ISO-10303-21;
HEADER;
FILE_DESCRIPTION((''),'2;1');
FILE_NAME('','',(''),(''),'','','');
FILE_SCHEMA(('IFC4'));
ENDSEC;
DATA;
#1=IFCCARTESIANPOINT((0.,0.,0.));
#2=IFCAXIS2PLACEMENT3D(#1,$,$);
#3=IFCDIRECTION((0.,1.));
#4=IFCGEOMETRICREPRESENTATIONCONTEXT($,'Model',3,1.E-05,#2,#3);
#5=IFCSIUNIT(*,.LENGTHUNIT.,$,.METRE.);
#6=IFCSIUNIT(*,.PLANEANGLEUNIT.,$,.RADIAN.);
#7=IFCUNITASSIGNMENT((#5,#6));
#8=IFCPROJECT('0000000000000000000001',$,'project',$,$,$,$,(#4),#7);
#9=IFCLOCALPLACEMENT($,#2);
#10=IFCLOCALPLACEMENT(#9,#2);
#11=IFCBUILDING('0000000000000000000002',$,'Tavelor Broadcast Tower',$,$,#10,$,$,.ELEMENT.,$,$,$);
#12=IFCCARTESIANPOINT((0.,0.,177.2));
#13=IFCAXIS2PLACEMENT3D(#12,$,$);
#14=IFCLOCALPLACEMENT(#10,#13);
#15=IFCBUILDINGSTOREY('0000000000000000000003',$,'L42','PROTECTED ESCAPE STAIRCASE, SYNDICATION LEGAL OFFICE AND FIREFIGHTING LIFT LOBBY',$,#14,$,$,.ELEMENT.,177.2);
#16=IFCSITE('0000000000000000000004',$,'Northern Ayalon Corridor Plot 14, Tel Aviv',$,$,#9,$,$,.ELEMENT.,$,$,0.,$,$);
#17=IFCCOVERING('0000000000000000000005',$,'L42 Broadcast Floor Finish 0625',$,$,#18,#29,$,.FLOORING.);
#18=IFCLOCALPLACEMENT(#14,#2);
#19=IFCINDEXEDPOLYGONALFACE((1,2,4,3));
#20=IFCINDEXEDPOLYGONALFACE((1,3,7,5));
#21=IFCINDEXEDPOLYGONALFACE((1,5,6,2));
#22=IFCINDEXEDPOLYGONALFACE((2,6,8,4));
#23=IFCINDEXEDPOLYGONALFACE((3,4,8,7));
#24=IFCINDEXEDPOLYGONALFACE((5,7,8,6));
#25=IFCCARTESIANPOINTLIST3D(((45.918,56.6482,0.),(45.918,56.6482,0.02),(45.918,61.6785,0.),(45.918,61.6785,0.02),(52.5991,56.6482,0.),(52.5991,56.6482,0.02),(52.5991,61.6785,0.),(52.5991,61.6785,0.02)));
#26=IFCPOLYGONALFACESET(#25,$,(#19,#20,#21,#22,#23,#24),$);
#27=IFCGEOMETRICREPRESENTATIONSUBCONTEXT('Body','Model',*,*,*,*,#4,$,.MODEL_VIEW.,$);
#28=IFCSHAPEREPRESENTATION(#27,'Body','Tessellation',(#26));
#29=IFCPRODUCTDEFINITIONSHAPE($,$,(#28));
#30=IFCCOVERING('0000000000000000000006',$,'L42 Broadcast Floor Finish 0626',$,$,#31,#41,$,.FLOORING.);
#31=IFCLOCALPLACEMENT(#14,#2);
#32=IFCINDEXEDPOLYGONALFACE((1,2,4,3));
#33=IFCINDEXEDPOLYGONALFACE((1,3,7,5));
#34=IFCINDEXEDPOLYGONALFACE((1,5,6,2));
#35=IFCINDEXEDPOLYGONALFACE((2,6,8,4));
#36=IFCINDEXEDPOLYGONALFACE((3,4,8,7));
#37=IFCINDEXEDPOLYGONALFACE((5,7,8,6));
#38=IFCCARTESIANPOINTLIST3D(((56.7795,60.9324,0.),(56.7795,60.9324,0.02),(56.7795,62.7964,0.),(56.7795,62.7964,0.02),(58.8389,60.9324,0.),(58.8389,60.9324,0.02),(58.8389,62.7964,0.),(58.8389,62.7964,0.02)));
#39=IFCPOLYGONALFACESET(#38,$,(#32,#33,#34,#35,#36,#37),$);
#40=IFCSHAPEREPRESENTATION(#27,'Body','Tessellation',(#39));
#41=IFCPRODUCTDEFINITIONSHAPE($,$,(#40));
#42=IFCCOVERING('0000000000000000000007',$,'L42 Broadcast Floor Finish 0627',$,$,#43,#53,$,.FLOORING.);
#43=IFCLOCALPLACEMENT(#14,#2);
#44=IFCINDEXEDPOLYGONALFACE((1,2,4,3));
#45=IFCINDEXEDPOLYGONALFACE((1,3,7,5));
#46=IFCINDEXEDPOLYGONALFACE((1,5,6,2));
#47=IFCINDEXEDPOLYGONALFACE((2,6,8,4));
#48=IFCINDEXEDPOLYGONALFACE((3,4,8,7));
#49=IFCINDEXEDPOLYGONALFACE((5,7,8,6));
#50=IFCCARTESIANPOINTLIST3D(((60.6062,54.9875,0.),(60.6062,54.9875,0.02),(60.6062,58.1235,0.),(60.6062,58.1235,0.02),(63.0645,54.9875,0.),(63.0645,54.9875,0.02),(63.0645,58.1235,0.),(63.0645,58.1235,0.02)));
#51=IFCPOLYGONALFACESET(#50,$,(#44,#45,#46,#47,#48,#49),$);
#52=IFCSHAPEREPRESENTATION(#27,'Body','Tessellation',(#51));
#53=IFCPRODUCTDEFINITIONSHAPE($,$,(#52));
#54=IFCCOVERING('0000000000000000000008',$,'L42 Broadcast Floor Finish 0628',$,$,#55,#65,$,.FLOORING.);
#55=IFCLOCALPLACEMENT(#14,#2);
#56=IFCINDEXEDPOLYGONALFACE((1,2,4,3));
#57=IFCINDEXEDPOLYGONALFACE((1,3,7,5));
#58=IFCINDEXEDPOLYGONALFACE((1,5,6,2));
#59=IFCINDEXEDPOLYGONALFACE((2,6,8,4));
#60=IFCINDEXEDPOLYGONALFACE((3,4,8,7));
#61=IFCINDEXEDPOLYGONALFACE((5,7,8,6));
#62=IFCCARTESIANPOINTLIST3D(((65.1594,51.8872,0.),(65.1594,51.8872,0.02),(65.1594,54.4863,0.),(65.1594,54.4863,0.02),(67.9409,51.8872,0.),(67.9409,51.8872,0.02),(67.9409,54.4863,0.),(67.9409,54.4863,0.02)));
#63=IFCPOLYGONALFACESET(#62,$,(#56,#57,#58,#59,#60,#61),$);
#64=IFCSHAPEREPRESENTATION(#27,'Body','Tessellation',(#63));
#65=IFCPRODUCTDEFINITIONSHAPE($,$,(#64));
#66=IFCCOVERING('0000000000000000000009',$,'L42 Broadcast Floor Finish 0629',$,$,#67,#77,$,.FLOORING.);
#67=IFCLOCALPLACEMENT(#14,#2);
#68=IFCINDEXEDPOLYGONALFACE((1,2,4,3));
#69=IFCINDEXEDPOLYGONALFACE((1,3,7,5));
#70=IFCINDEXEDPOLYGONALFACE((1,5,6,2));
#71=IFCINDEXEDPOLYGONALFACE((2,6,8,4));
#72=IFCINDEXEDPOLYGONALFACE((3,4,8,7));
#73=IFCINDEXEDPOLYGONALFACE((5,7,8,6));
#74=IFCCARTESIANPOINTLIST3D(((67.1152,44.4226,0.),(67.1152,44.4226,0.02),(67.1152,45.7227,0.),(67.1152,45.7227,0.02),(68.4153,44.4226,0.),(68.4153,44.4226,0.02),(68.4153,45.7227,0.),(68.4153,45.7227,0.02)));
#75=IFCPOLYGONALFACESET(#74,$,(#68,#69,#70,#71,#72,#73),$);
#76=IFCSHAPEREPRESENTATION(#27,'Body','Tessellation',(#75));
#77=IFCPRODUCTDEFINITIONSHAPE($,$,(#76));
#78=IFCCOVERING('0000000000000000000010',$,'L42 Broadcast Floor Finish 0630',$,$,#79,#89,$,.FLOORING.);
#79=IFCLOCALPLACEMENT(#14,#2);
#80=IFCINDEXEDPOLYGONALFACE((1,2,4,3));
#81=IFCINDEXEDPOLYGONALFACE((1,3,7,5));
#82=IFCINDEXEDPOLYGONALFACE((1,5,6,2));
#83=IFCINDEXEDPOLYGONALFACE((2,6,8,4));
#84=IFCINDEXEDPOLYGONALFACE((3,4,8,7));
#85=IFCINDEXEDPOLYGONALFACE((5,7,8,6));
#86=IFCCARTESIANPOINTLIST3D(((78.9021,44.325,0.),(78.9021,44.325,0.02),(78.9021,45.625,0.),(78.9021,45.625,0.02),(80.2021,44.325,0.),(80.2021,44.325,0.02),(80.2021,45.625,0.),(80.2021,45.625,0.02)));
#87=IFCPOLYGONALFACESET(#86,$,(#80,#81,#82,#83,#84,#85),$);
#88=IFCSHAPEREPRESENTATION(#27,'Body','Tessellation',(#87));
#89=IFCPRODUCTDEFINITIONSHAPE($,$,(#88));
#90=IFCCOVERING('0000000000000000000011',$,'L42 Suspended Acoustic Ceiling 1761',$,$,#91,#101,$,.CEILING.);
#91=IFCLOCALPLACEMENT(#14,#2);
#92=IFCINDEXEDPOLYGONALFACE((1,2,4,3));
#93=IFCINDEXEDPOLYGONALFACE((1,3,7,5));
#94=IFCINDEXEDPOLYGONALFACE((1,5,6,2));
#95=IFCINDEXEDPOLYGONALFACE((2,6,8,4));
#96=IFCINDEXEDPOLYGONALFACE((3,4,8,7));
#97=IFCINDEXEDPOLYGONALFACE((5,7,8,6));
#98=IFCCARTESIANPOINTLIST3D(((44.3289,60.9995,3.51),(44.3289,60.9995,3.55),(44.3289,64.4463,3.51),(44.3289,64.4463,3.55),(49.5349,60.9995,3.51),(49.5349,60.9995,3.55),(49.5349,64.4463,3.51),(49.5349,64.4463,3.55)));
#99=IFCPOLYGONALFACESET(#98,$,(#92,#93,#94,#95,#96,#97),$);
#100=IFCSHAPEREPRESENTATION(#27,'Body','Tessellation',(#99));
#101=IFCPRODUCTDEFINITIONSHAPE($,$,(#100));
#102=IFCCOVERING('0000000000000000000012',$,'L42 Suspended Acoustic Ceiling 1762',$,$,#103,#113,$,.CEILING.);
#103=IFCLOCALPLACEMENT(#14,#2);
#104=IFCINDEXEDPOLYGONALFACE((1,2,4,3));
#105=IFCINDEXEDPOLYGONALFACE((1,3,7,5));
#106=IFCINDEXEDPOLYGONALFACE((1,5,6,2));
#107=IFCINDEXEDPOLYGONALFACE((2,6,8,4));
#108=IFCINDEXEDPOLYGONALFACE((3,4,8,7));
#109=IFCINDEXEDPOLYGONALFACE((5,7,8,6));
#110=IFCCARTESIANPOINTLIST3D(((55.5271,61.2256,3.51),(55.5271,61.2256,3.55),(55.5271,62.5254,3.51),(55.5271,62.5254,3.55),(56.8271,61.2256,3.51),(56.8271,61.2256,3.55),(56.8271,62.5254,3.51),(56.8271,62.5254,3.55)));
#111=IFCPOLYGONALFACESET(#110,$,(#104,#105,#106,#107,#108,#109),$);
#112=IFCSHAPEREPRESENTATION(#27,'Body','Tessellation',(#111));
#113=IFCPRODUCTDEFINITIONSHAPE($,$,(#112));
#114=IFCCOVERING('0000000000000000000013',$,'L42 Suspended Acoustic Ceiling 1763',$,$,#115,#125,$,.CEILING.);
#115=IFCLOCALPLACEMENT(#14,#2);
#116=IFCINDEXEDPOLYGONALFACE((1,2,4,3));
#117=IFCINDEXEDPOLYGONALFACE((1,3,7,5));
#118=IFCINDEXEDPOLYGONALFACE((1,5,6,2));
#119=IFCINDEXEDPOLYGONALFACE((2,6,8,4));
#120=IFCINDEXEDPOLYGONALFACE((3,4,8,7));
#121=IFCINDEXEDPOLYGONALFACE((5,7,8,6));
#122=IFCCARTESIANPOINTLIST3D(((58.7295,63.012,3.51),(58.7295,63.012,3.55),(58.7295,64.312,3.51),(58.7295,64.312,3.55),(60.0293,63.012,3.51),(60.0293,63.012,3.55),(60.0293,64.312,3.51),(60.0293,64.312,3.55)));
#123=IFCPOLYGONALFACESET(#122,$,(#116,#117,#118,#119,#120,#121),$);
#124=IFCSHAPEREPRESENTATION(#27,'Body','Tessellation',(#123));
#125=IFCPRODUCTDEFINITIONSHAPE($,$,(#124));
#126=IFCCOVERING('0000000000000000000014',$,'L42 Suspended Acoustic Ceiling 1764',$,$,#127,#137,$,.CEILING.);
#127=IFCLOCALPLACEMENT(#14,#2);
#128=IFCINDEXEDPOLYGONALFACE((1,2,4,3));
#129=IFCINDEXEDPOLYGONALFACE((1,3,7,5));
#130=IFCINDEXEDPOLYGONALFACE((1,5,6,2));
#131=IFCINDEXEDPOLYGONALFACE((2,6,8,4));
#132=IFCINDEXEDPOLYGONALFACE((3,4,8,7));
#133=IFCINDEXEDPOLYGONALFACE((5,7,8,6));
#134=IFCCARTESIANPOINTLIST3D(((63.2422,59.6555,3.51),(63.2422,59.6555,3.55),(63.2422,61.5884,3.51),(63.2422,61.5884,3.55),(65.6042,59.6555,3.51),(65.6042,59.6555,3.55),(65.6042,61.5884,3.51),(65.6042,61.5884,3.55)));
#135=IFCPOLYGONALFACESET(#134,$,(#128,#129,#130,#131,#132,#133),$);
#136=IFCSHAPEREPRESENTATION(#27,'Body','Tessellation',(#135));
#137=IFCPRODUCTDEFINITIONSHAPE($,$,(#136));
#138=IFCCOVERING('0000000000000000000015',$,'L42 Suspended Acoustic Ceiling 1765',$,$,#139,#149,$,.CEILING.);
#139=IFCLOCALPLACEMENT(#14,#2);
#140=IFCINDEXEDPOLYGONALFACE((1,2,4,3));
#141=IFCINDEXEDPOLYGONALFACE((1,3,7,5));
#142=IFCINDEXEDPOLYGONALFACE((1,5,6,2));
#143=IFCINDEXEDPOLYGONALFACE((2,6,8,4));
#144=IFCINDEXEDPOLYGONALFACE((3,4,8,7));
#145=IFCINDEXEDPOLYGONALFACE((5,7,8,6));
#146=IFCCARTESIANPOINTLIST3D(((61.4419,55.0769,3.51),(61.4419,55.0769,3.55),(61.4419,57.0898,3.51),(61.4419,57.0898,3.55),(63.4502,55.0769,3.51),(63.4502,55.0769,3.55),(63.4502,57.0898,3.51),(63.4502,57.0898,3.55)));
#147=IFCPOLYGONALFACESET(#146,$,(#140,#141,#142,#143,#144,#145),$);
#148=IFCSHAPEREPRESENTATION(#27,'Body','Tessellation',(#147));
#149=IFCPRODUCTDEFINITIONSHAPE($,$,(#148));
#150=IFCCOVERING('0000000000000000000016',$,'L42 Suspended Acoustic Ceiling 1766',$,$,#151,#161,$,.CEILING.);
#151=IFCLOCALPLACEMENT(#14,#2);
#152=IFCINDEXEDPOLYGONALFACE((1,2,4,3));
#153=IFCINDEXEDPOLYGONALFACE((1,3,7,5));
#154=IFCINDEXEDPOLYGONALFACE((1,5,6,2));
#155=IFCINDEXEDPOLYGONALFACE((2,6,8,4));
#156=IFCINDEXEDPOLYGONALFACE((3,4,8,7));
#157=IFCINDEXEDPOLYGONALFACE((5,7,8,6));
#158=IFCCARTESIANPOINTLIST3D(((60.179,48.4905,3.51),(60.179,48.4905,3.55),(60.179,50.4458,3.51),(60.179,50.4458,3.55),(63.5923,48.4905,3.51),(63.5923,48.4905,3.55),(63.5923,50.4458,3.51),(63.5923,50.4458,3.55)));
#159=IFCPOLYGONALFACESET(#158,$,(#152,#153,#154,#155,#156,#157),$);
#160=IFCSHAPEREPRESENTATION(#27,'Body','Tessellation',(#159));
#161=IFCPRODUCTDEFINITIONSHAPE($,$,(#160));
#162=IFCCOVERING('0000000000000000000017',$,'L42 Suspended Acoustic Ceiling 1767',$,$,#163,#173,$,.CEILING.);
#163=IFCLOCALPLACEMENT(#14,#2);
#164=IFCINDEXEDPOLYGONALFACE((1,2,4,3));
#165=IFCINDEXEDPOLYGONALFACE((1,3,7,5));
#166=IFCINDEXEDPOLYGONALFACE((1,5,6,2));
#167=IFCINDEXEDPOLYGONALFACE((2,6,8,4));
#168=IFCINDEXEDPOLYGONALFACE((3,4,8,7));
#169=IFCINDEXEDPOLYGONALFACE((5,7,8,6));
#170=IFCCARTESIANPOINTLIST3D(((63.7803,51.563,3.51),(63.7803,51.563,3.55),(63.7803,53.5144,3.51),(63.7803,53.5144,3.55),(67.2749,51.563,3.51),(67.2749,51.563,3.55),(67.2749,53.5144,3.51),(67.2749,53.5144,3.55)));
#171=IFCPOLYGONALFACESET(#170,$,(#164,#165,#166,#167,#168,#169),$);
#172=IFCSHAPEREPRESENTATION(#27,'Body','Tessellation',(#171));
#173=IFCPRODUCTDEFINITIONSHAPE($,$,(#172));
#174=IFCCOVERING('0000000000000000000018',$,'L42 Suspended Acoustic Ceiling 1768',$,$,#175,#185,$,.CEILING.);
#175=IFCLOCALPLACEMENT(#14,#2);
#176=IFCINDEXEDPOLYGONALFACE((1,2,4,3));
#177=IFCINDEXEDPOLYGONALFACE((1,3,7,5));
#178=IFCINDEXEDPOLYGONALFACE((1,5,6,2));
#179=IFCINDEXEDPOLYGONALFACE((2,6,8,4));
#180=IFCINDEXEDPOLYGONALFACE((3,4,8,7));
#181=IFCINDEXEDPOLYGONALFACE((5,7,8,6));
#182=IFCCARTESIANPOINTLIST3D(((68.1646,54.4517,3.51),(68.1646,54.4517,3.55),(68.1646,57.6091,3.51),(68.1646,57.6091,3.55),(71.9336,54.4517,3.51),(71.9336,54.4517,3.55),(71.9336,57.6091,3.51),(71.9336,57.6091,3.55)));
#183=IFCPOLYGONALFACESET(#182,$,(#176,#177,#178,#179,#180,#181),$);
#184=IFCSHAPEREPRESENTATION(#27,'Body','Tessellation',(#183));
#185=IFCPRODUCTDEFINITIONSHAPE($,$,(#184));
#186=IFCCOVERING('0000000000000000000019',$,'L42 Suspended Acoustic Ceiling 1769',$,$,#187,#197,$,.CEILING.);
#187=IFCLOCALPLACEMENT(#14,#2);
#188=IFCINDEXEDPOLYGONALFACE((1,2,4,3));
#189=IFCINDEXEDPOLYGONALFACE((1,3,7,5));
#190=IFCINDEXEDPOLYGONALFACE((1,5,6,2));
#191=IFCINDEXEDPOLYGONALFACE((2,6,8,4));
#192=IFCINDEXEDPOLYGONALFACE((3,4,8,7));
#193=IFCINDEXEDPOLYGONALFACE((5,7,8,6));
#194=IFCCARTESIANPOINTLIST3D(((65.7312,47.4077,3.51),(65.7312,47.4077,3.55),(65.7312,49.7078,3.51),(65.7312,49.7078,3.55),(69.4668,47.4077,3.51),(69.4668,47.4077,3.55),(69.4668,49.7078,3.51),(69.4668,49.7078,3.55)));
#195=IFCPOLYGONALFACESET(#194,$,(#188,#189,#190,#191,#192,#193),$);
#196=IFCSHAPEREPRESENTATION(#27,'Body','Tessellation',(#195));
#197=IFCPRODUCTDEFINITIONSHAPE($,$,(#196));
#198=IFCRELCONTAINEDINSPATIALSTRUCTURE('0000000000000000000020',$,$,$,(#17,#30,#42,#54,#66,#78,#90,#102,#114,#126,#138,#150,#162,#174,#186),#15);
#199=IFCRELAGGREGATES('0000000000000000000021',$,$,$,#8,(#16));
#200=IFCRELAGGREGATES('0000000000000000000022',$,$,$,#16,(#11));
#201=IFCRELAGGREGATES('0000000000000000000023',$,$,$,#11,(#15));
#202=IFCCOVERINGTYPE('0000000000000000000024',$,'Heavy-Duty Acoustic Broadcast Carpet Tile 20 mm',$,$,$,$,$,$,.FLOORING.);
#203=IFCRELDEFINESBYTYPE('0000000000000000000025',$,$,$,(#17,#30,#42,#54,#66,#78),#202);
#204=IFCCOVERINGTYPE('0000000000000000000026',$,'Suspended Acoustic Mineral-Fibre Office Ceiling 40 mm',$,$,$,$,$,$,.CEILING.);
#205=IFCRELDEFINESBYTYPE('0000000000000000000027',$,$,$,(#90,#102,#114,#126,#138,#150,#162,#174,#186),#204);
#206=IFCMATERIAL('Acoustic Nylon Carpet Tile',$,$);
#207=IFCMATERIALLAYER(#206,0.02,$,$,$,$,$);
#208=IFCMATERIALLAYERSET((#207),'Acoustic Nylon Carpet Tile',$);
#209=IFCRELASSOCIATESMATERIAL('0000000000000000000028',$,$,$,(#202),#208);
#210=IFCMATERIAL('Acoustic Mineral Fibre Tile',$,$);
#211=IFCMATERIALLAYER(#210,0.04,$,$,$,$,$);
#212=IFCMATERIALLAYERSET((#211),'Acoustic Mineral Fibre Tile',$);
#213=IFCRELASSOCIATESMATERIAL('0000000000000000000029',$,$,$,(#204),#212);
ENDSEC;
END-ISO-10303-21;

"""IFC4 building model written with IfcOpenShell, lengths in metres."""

from ifc_helpers import new_model, si_unit, direction, frame, origin, place, context, subcontext, project, spatial, polyline, outline, extrude, material, layer, layer_set, type_object, element, save


model = new_model("IFC4")

# Units and contexts
model_context = context("Model", 3, precision=1e-05, world=origin(), true_north=direction((0.0, 1.0)))
body_context = subcontext(model_context, "Body", "Model", "MODEL_VIEW")
ifc_project = project(units=[si_unit("LENGTHUNIT", "METRE"), si_unit("PLANEANGLEUNIT", "RADIAN")], contexts=[model_context])

# Site, building, storey
site_placement = place(None, origin())
site = spatial("IfcSite", under=ifc_project, at=site_placement, Name="Northern Ayalon Corridor Plot 14, Tel Aviv", CompositionType="ELEMENT", RefElevation=0.0)
building_placement = place(site_placement, origin())
building = spatial("IfcBuilding", under=site, at=building_placement, Name="Tavelor Broadcast Tower", CompositionType="ELEMENT")
storey_placement = place(building_placement, frame((0.0, 0.0, 177.2)))
storey = spatial("IfcBuildingStorey", under=building, at=storey_placement, Name="L42", Description="PROTECTED ESCAPE STAIRCASE, SYNDICATION LEGAL OFFICE AND FIREFIGHTING LIFT LOBBY", CompositionType="ELEMENT", Elevation=177.2)

# Coverings
ifc_material_1 = material(Name="Acoustic Nylon Carpet Tile")
ifc_layer_1 = layer(ifc_material_1, 0.02)
ifc_layer_set_1 = layer_set([ifc_layer_1], Name="Acoustic Nylon Carpet Tile")
covering_type_1 = type_object("IfcCoveringType", Name="Heavy-Duty Acoustic Broadcast Carpet Tile 20 mm", PredefinedType="FLOORING", material=ifc_layer_set_1)
covering_1_placement = place(storey_placement, origin())
element("IfcCovering", 1, at=covering_1_placement, inside=storey, type_object=covering_type_1, Name="L42 Broadcast Floor Finish 0625", PredefinedType="FLOORING", context=body_context, shape_type="SweptSolid", body=[
    extrude(outline(polyline([(45.918, 56.6482), (52.5991, 56.6482), (52.5991, 61.6785), (45.918, 61.6785), (45.918, 56.6482)])), origin(), (0.0, 0.0, 1.0), 0.02),
])
covering_2_placement = place(storey_placement, origin())
element("IfcCovering", 2, at=covering_2_placement, inside=storey, type_object=covering_type_1, Name="L42 Broadcast Floor Finish 0626", PredefinedType="FLOORING", context=body_context, shape_type="SweptSolid", body=[
    extrude(outline(polyline([(56.7795, 60.9324), (58.8389, 60.9324), (58.8389, 62.7964), (56.7795, 62.7964), (56.7795, 60.9324)])), origin(), (0.0, 0.0, 1.0), 0.02),
])
covering_3_placement = place(storey_placement, origin())
element("IfcCovering", 3, at=covering_3_placement, inside=storey, type_object=covering_type_1, Name="L42 Broadcast Floor Finish 0627", PredefinedType="FLOORING", context=body_context, shape_type="SweptSolid", body=[
    extrude(outline(polyline([(60.6062, 54.9875), (63.0645, 54.9875), (63.0645, 58.1235), (60.6062, 58.1235), (60.6062, 54.9875)])), origin(), (0.0, 0.0, 1.0), 0.02),
])
covering_4_placement = place(storey_placement, origin())
element("IfcCovering", 4, at=covering_4_placement, inside=storey, type_object=covering_type_1, Name="L42 Broadcast Floor Finish 0628", PredefinedType="FLOORING", context=body_context, shape_type="SweptSolid", body=[
    extrude(outline(polyline([(65.1594, 51.8872), (67.9409, 51.8872), (67.9409, 54.4863), (65.1594, 54.4863), (65.1594, 51.8872)])), origin(), (0.0, 0.0, 1.0), 0.02),
])
covering_5_placement = place(storey_placement, origin())
element("IfcCovering", 5, at=covering_5_placement, inside=storey, type_object=covering_type_1, Name="L42 Broadcast Floor Finish 0629", PredefinedType="FLOORING", context=body_context, shape_type="SweptSolid", body=[
    extrude(outline(polyline([(67.1152, 44.4226), (68.4153, 44.4226), (68.4153, 45.7227), (67.1152, 45.7227), (67.1152, 44.4226)])), origin(), (0.0, 0.0, 1.0), 0.02),
])
covering_6_placement = place(storey_placement, origin())
element("IfcCovering", 6, at=covering_6_placement, inside=storey, type_object=covering_type_1, Name="L42 Broadcast Floor Finish 0630", PredefinedType="FLOORING", context=body_context, shape_type="SweptSolid", body=[
    extrude(outline(polyline([(78.9021, 44.325), (80.2021, 44.325), (80.2021, 45.625), (78.9021, 45.625), (78.9021, 44.325)])), origin(), (0.0, 0.0, 1.0), 0.02),
])
ifc_material_2 = material(Name="Acoustic Mineral Fibre Tile")
ifc_layer_2 = layer(ifc_material_2, 0.04)
ifc_layer_set_2 = layer_set([ifc_layer_2], Name="Acoustic Mineral Fibre Tile")
covering_type_2 = type_object("IfcCoveringType", Name="Suspended Acoustic Mineral-Fibre Office Ceiling 40 mm", PredefinedType="CEILING", material=ifc_layer_set_2)
covering_7_placement = place(storey_placement, frame((0.0, 0.0, 3.51)))
element("IfcCovering", 7, at=covering_7_placement, inside=storey, type_object=covering_type_2, Name="L42 Suspended Acoustic Ceiling 1761", PredefinedType="CEILING", context=body_context, shape_type="SweptSolid", body=[
    extrude(outline(polyline([(44.3289, 60.9995), (49.5349, 60.9995), (49.5349, 64.4463), (44.3289, 64.4463), (44.3289, 60.9995)])), origin(), (0.0, 0.0, 1.0), 0.04),
])
covering_8_placement = place(storey_placement, frame((0.0, 0.0, 3.51)))
element("IfcCovering", 8, at=covering_8_placement, inside=storey, type_object=covering_type_2, Name="L42 Suspended Acoustic Ceiling 1762", PredefinedType="CEILING", context=body_context, shape_type="SweptSolid", body=[
    extrude(outline(polyline([(55.5271, 61.2256), (56.8271, 61.2256), (56.8271, 62.5254), (55.5271, 62.5254), (55.5271, 61.2256)])), origin(), (0.0, 0.0, 1.0), 0.04),
])
covering_9_placement = place(storey_placement, frame((0.0, 0.0, 3.51)))
element("IfcCovering", 9, at=covering_9_placement, inside=storey, type_object=covering_type_2, Name="L42 Suspended Acoustic Ceiling 1763", PredefinedType="CEILING", context=body_context, shape_type="SweptSolid", body=[
    extrude(outline(polyline([(58.7295, 63.012), (60.0293, 63.012), (60.0293, 64.312), (58.7295, 64.312), (58.7295, 63.012)])), origin(), (0.0, 0.0, 1.0), 0.04),
])
covering_10_placement = place(storey_placement, frame((0.0, 0.0, 3.51)))
element("IfcCovering", 10, at=covering_10_placement, inside=storey, type_object=covering_type_2, Name="L42 Suspended Acoustic Ceiling 1764", PredefinedType="CEILING", context=body_context, shape_type="SweptSolid", body=[
    extrude(outline(polyline([(63.2422, 59.6555), (65.6042, 59.6555), (65.6042, 61.5884), (63.2422, 61.5884), (63.2422, 59.6555)])), origin(), (0.0, 0.0, 1.0), 0.04),
])
covering_11_placement = place(storey_placement, frame((0.0, 0.0, 3.51)))
element("IfcCovering", 11, at=covering_11_placement, inside=storey, type_object=covering_type_2, Name="L42 Suspended Acoustic Ceiling 1765", PredefinedType="CEILING", context=body_context, shape_type="SweptSolid", body=[
    extrude(outline(polyline([(61.4419, 55.0769), (63.4502, 55.0769), (63.4502, 57.0898), (61.4419, 57.0898), (61.4419, 55.0769)])), origin(), (0.0, 0.0, 1.0), 0.04),
])
covering_12_placement = place(storey_placement, frame((0.0, 0.0, 3.51)))
element("IfcCovering", 12, at=covering_12_placement, inside=storey, type_object=covering_type_2, Name="L42 Suspended Acoustic Ceiling 1766", PredefinedType="CEILING", context=body_context, shape_type="SweptSolid", body=[
    extrude(outline(polyline([(60.179, 48.4905), (63.5923, 48.4905), (63.5923, 50.4458), (60.179, 50.4458), (60.179, 48.4905)])), origin(), (0.0, 0.0, 1.0), 0.04),
])
covering_13_placement = place(storey_placement, frame((0.0, 0.0, 3.51)))
element("IfcCovering", 13, at=covering_13_placement, inside=storey, type_object=covering_type_2, Name="L42 Suspended Acoustic Ceiling 1767", PredefinedType="CEILING", context=body_context, shape_type="SweptSolid", body=[
    extrude(outline(polyline([(63.7803, 51.563), (67.2749, 51.563), (67.2749, 53.5144), (63.7803, 53.5144), (63.7803, 51.563)])), origin(), (0.0, 0.0, 1.0), 0.04),
])
covering_14_placement = place(storey_placement, frame((0.0, 0.0, 3.51)))
element("IfcCovering", 14, at=covering_14_placement, inside=storey, type_object=covering_type_2, Name="L42 Suspended Acoustic Ceiling 1768", PredefinedType="CEILING", context=body_context, shape_type="SweptSolid", body=[
    extrude(outline(polyline([(68.1646, 54.4517), (71.9336, 54.4517), (71.9336, 57.6091), (68.1646, 57.6091), (68.1646, 54.4517)])), origin(), (0.0, 0.0, 1.0), 0.04),
])
covering_15_placement = place(storey_placement, frame((0.0, 0.0, 3.51)))
element("IfcCovering", 15, at=covering_15_placement, inside=storey, type_object=covering_type_2, Name="L42 Suspended Acoustic Ceiling 1769", PredefinedType="CEILING", context=body_context, shape_type="SweptSolid", body=[
    extrude(outline(polyline([(65.7312, 47.4077), (69.4668, 47.4077), (69.4668, 49.7078), (65.7312, 49.7078), (65.7312, 47.4077)])), origin(), (0.0, 0.0, 1.0), 0.04),
])

save(model, "model.ifc")
